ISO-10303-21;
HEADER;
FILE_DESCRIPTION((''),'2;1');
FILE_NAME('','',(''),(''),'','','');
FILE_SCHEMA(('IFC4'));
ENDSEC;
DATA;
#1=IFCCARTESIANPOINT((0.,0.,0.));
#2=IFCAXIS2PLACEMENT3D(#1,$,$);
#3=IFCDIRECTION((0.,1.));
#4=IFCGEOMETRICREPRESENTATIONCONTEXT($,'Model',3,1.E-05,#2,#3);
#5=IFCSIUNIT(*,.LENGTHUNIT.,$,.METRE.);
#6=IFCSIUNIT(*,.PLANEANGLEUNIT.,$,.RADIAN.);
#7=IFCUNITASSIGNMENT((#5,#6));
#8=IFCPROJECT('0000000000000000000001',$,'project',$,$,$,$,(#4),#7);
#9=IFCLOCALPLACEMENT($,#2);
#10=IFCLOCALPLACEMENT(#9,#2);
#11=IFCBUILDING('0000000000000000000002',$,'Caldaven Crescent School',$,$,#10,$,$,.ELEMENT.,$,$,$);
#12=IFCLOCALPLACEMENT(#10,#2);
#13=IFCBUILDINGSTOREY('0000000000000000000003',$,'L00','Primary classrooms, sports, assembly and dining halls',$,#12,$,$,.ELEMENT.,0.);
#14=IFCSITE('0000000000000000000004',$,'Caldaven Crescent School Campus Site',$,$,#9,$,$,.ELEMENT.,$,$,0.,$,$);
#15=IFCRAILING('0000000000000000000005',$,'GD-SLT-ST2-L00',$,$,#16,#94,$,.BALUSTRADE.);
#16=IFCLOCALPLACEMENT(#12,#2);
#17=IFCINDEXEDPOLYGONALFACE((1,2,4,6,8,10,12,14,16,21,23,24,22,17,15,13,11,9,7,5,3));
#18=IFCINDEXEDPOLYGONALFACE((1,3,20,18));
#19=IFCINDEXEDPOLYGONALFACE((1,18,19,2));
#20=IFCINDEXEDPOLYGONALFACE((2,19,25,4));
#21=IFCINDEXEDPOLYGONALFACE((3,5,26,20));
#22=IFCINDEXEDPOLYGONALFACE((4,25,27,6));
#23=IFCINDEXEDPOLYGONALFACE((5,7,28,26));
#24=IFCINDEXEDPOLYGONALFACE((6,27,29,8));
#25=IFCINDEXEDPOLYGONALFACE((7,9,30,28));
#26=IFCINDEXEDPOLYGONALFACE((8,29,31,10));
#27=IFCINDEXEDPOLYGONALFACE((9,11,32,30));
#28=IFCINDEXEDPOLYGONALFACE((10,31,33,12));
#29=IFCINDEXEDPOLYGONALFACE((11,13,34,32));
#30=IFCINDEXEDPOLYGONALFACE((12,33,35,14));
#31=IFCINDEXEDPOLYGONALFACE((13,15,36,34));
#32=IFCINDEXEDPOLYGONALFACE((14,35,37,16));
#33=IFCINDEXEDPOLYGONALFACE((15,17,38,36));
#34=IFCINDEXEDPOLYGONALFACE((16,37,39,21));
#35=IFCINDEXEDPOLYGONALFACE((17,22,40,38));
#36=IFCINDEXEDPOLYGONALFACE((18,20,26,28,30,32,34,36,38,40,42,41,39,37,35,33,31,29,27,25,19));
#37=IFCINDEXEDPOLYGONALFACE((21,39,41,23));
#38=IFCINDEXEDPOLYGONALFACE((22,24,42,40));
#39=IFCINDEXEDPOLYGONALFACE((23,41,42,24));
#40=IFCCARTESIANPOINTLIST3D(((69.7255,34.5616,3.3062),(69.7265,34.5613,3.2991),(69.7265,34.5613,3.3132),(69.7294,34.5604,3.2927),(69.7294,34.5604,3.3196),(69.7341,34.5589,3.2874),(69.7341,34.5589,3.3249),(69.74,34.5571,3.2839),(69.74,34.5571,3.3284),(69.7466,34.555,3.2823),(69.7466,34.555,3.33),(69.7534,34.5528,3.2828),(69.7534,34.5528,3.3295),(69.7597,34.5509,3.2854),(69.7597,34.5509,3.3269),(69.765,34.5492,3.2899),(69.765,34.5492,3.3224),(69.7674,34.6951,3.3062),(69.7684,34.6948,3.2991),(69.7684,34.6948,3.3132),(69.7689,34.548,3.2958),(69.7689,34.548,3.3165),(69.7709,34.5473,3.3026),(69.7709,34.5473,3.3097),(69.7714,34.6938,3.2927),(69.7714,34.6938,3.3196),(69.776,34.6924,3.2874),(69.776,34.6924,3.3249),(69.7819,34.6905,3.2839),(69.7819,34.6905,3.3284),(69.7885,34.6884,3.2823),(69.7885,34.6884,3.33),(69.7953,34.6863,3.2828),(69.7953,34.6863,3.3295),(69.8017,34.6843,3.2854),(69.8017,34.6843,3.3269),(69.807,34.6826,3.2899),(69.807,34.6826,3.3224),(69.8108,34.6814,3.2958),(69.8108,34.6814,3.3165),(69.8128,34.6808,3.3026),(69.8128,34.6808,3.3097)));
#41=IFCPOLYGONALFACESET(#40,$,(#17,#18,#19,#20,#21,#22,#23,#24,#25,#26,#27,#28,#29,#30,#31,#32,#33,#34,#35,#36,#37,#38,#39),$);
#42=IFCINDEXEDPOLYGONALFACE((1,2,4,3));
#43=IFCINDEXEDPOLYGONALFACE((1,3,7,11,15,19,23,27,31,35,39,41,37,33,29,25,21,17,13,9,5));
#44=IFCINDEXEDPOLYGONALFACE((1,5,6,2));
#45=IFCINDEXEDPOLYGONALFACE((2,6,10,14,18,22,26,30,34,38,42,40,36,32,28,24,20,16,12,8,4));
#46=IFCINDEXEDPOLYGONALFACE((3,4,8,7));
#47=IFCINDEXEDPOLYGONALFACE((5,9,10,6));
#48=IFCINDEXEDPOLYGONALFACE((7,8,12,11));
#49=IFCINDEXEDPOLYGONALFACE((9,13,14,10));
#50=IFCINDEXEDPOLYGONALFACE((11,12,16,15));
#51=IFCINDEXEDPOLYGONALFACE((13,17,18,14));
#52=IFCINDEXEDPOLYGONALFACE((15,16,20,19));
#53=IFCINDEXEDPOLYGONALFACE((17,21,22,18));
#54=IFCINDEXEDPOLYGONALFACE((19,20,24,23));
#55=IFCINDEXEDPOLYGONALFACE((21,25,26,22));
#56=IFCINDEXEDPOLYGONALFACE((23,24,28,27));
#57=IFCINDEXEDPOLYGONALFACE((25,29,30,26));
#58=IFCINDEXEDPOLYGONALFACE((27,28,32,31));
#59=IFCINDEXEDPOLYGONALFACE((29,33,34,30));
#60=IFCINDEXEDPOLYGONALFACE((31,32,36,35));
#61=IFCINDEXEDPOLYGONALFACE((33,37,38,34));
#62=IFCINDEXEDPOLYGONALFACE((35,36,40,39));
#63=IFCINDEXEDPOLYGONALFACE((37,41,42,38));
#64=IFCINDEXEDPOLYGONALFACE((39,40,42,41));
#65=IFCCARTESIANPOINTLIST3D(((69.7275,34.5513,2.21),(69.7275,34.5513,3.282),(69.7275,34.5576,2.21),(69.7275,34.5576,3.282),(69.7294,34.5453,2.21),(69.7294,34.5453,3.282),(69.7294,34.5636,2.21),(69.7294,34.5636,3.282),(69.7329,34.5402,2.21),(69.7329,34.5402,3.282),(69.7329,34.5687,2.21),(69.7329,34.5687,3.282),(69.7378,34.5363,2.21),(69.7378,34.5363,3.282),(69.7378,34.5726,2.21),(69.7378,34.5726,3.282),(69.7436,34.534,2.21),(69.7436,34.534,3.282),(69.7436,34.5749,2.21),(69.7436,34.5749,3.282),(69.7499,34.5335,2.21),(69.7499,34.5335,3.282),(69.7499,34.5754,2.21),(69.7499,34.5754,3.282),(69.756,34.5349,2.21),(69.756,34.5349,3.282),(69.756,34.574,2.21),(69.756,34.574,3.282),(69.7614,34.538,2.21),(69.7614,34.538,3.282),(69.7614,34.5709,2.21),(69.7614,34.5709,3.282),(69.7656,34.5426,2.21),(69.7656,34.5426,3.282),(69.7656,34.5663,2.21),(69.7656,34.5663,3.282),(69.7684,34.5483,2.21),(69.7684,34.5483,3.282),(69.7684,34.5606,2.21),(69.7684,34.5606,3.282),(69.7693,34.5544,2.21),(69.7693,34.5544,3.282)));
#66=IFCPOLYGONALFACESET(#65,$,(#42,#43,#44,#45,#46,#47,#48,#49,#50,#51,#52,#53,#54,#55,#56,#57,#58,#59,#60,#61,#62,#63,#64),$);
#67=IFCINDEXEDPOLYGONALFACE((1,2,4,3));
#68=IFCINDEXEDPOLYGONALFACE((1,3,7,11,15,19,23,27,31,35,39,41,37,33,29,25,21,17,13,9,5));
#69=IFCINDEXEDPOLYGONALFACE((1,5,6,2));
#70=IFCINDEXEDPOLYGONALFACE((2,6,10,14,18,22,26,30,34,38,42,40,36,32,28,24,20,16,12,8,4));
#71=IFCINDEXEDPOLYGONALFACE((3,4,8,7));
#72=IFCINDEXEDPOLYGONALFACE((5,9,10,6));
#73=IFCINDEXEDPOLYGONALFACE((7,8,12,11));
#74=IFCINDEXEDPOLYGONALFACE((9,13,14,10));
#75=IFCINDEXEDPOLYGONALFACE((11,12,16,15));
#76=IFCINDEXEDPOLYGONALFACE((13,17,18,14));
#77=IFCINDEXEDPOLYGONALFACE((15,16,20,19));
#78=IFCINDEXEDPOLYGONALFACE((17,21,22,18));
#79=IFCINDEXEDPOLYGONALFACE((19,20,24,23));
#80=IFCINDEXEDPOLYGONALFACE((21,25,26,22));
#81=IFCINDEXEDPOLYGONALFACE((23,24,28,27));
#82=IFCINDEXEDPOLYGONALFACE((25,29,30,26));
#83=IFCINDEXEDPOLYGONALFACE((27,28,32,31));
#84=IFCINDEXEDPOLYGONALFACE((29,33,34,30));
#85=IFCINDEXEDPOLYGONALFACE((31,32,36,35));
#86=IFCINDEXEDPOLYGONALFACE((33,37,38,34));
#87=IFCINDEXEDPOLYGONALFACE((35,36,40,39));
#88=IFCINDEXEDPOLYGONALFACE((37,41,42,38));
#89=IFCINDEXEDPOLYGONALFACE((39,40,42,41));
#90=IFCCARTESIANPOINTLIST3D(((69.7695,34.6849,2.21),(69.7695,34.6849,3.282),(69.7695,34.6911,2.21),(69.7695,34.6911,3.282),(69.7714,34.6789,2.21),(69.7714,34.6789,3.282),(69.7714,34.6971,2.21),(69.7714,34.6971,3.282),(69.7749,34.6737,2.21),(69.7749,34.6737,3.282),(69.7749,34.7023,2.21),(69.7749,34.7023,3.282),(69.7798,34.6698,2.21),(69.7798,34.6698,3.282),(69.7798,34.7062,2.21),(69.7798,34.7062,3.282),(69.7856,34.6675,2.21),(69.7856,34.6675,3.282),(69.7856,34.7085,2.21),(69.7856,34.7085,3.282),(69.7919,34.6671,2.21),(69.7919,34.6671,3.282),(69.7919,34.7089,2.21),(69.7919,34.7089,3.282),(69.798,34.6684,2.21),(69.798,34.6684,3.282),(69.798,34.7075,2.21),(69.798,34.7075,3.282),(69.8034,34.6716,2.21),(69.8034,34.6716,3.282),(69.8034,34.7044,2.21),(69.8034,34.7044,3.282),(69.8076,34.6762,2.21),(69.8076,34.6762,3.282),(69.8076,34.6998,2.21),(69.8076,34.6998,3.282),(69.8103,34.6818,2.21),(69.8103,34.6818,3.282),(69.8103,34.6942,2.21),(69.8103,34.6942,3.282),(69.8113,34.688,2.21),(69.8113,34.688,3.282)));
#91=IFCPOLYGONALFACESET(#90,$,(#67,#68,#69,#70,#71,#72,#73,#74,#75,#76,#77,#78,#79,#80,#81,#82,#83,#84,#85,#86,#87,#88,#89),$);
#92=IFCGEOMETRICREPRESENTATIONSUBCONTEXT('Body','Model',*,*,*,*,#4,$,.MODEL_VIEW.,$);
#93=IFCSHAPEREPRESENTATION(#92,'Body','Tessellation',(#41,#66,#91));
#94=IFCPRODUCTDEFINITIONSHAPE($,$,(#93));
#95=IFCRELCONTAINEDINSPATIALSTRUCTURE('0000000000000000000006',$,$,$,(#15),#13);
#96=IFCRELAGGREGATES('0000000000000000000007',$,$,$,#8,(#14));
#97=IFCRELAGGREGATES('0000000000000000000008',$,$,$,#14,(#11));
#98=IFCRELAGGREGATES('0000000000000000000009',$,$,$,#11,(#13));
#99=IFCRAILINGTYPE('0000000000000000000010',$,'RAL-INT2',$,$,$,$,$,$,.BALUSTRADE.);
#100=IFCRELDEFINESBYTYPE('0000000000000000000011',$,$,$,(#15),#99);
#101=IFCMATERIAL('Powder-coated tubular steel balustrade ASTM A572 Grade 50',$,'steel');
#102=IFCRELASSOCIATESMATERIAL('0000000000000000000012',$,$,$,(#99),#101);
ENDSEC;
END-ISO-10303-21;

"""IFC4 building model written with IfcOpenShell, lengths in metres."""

from ifc_helpers import new_model, si_unit, direction, frame, origin, origin_2d, place, context, subcontext, project, spatial, circle, extrude, material, type_object, element, save


model = new_model("IFC4")

# Units and contexts
model_context = context("Model", 3, precision=1e-05, world=origin(), true_north=direction((0.0, 1.0)))
body_context = subcontext(model_context, "Body", "Model", "MODEL_VIEW")
ifc_project = project(units=[si_unit("LENGTHUNIT", "METRE"), si_unit("PLANEANGLEUNIT", "RADIAN")], contexts=[model_context])

# Site, building, storey
site_placement = place(None, origin())
site = spatial("IfcSite", under=ifc_project, at=site_placement, Name="Caldaven Crescent School Campus Site", CompositionType="ELEMENT", RefElevation=0.0)
building_placement = place(site_placement, origin())
building = spatial("IfcBuilding", under=site, at=building_placement, Name="Caldaven Crescent School", CompositionType="ELEMENT")
storey_placement = place(building_placement, origin())
storey = spatial("IfcBuildingStorey", under=building, at=storey_placement, Name="L00", Description="Primary classrooms, sports, assembly and dining halls", CompositionType="ELEMENT", Elevation=0.0)

# Railing
ifc_material_1 = material(Name="Powder-coated tubular steel balustrade ASTM A572 Grade 50", Category="steel")
railing_type_1 = type_object("IfcRailingType", Name="RAL-INT2", PredefinedType="BALUSTRADE", material=ifc_material_1)
railing_1_placement = place(storey_placement, frame((69.7483, 34.5544, 2.21)))
element("IfcRailing", 1, at=railing_1_placement, inside=storey, type_object=railing_type_1, Name="GD-SLT-ST2-L00", PredefinedType="BALUSTRADE", context=body_context, shape_type="SweptSolid", body=[
    extrude(circle(Radius=0.0239, at=origin_2d()), frame((0.0, 0.0, 1.0962), z_axis=(0.299963, 0.953951, 0.0), x_axis=(-0.953951, 0.299963, 0.0)), (0.0, 0.0, 1.0), 0.1399),
    extrude(circle(Radius=0.021, at=origin_2d()), origin(), (0.0, 0.0, 1.0), 1.072),
    extrude(circle(Radius=0.021, at=origin_2d()), frame((0.042, 0.1335, 0.0)), (0.0, 0.0, 1.0), 1.072),
])

save(model, "model.ifc")
